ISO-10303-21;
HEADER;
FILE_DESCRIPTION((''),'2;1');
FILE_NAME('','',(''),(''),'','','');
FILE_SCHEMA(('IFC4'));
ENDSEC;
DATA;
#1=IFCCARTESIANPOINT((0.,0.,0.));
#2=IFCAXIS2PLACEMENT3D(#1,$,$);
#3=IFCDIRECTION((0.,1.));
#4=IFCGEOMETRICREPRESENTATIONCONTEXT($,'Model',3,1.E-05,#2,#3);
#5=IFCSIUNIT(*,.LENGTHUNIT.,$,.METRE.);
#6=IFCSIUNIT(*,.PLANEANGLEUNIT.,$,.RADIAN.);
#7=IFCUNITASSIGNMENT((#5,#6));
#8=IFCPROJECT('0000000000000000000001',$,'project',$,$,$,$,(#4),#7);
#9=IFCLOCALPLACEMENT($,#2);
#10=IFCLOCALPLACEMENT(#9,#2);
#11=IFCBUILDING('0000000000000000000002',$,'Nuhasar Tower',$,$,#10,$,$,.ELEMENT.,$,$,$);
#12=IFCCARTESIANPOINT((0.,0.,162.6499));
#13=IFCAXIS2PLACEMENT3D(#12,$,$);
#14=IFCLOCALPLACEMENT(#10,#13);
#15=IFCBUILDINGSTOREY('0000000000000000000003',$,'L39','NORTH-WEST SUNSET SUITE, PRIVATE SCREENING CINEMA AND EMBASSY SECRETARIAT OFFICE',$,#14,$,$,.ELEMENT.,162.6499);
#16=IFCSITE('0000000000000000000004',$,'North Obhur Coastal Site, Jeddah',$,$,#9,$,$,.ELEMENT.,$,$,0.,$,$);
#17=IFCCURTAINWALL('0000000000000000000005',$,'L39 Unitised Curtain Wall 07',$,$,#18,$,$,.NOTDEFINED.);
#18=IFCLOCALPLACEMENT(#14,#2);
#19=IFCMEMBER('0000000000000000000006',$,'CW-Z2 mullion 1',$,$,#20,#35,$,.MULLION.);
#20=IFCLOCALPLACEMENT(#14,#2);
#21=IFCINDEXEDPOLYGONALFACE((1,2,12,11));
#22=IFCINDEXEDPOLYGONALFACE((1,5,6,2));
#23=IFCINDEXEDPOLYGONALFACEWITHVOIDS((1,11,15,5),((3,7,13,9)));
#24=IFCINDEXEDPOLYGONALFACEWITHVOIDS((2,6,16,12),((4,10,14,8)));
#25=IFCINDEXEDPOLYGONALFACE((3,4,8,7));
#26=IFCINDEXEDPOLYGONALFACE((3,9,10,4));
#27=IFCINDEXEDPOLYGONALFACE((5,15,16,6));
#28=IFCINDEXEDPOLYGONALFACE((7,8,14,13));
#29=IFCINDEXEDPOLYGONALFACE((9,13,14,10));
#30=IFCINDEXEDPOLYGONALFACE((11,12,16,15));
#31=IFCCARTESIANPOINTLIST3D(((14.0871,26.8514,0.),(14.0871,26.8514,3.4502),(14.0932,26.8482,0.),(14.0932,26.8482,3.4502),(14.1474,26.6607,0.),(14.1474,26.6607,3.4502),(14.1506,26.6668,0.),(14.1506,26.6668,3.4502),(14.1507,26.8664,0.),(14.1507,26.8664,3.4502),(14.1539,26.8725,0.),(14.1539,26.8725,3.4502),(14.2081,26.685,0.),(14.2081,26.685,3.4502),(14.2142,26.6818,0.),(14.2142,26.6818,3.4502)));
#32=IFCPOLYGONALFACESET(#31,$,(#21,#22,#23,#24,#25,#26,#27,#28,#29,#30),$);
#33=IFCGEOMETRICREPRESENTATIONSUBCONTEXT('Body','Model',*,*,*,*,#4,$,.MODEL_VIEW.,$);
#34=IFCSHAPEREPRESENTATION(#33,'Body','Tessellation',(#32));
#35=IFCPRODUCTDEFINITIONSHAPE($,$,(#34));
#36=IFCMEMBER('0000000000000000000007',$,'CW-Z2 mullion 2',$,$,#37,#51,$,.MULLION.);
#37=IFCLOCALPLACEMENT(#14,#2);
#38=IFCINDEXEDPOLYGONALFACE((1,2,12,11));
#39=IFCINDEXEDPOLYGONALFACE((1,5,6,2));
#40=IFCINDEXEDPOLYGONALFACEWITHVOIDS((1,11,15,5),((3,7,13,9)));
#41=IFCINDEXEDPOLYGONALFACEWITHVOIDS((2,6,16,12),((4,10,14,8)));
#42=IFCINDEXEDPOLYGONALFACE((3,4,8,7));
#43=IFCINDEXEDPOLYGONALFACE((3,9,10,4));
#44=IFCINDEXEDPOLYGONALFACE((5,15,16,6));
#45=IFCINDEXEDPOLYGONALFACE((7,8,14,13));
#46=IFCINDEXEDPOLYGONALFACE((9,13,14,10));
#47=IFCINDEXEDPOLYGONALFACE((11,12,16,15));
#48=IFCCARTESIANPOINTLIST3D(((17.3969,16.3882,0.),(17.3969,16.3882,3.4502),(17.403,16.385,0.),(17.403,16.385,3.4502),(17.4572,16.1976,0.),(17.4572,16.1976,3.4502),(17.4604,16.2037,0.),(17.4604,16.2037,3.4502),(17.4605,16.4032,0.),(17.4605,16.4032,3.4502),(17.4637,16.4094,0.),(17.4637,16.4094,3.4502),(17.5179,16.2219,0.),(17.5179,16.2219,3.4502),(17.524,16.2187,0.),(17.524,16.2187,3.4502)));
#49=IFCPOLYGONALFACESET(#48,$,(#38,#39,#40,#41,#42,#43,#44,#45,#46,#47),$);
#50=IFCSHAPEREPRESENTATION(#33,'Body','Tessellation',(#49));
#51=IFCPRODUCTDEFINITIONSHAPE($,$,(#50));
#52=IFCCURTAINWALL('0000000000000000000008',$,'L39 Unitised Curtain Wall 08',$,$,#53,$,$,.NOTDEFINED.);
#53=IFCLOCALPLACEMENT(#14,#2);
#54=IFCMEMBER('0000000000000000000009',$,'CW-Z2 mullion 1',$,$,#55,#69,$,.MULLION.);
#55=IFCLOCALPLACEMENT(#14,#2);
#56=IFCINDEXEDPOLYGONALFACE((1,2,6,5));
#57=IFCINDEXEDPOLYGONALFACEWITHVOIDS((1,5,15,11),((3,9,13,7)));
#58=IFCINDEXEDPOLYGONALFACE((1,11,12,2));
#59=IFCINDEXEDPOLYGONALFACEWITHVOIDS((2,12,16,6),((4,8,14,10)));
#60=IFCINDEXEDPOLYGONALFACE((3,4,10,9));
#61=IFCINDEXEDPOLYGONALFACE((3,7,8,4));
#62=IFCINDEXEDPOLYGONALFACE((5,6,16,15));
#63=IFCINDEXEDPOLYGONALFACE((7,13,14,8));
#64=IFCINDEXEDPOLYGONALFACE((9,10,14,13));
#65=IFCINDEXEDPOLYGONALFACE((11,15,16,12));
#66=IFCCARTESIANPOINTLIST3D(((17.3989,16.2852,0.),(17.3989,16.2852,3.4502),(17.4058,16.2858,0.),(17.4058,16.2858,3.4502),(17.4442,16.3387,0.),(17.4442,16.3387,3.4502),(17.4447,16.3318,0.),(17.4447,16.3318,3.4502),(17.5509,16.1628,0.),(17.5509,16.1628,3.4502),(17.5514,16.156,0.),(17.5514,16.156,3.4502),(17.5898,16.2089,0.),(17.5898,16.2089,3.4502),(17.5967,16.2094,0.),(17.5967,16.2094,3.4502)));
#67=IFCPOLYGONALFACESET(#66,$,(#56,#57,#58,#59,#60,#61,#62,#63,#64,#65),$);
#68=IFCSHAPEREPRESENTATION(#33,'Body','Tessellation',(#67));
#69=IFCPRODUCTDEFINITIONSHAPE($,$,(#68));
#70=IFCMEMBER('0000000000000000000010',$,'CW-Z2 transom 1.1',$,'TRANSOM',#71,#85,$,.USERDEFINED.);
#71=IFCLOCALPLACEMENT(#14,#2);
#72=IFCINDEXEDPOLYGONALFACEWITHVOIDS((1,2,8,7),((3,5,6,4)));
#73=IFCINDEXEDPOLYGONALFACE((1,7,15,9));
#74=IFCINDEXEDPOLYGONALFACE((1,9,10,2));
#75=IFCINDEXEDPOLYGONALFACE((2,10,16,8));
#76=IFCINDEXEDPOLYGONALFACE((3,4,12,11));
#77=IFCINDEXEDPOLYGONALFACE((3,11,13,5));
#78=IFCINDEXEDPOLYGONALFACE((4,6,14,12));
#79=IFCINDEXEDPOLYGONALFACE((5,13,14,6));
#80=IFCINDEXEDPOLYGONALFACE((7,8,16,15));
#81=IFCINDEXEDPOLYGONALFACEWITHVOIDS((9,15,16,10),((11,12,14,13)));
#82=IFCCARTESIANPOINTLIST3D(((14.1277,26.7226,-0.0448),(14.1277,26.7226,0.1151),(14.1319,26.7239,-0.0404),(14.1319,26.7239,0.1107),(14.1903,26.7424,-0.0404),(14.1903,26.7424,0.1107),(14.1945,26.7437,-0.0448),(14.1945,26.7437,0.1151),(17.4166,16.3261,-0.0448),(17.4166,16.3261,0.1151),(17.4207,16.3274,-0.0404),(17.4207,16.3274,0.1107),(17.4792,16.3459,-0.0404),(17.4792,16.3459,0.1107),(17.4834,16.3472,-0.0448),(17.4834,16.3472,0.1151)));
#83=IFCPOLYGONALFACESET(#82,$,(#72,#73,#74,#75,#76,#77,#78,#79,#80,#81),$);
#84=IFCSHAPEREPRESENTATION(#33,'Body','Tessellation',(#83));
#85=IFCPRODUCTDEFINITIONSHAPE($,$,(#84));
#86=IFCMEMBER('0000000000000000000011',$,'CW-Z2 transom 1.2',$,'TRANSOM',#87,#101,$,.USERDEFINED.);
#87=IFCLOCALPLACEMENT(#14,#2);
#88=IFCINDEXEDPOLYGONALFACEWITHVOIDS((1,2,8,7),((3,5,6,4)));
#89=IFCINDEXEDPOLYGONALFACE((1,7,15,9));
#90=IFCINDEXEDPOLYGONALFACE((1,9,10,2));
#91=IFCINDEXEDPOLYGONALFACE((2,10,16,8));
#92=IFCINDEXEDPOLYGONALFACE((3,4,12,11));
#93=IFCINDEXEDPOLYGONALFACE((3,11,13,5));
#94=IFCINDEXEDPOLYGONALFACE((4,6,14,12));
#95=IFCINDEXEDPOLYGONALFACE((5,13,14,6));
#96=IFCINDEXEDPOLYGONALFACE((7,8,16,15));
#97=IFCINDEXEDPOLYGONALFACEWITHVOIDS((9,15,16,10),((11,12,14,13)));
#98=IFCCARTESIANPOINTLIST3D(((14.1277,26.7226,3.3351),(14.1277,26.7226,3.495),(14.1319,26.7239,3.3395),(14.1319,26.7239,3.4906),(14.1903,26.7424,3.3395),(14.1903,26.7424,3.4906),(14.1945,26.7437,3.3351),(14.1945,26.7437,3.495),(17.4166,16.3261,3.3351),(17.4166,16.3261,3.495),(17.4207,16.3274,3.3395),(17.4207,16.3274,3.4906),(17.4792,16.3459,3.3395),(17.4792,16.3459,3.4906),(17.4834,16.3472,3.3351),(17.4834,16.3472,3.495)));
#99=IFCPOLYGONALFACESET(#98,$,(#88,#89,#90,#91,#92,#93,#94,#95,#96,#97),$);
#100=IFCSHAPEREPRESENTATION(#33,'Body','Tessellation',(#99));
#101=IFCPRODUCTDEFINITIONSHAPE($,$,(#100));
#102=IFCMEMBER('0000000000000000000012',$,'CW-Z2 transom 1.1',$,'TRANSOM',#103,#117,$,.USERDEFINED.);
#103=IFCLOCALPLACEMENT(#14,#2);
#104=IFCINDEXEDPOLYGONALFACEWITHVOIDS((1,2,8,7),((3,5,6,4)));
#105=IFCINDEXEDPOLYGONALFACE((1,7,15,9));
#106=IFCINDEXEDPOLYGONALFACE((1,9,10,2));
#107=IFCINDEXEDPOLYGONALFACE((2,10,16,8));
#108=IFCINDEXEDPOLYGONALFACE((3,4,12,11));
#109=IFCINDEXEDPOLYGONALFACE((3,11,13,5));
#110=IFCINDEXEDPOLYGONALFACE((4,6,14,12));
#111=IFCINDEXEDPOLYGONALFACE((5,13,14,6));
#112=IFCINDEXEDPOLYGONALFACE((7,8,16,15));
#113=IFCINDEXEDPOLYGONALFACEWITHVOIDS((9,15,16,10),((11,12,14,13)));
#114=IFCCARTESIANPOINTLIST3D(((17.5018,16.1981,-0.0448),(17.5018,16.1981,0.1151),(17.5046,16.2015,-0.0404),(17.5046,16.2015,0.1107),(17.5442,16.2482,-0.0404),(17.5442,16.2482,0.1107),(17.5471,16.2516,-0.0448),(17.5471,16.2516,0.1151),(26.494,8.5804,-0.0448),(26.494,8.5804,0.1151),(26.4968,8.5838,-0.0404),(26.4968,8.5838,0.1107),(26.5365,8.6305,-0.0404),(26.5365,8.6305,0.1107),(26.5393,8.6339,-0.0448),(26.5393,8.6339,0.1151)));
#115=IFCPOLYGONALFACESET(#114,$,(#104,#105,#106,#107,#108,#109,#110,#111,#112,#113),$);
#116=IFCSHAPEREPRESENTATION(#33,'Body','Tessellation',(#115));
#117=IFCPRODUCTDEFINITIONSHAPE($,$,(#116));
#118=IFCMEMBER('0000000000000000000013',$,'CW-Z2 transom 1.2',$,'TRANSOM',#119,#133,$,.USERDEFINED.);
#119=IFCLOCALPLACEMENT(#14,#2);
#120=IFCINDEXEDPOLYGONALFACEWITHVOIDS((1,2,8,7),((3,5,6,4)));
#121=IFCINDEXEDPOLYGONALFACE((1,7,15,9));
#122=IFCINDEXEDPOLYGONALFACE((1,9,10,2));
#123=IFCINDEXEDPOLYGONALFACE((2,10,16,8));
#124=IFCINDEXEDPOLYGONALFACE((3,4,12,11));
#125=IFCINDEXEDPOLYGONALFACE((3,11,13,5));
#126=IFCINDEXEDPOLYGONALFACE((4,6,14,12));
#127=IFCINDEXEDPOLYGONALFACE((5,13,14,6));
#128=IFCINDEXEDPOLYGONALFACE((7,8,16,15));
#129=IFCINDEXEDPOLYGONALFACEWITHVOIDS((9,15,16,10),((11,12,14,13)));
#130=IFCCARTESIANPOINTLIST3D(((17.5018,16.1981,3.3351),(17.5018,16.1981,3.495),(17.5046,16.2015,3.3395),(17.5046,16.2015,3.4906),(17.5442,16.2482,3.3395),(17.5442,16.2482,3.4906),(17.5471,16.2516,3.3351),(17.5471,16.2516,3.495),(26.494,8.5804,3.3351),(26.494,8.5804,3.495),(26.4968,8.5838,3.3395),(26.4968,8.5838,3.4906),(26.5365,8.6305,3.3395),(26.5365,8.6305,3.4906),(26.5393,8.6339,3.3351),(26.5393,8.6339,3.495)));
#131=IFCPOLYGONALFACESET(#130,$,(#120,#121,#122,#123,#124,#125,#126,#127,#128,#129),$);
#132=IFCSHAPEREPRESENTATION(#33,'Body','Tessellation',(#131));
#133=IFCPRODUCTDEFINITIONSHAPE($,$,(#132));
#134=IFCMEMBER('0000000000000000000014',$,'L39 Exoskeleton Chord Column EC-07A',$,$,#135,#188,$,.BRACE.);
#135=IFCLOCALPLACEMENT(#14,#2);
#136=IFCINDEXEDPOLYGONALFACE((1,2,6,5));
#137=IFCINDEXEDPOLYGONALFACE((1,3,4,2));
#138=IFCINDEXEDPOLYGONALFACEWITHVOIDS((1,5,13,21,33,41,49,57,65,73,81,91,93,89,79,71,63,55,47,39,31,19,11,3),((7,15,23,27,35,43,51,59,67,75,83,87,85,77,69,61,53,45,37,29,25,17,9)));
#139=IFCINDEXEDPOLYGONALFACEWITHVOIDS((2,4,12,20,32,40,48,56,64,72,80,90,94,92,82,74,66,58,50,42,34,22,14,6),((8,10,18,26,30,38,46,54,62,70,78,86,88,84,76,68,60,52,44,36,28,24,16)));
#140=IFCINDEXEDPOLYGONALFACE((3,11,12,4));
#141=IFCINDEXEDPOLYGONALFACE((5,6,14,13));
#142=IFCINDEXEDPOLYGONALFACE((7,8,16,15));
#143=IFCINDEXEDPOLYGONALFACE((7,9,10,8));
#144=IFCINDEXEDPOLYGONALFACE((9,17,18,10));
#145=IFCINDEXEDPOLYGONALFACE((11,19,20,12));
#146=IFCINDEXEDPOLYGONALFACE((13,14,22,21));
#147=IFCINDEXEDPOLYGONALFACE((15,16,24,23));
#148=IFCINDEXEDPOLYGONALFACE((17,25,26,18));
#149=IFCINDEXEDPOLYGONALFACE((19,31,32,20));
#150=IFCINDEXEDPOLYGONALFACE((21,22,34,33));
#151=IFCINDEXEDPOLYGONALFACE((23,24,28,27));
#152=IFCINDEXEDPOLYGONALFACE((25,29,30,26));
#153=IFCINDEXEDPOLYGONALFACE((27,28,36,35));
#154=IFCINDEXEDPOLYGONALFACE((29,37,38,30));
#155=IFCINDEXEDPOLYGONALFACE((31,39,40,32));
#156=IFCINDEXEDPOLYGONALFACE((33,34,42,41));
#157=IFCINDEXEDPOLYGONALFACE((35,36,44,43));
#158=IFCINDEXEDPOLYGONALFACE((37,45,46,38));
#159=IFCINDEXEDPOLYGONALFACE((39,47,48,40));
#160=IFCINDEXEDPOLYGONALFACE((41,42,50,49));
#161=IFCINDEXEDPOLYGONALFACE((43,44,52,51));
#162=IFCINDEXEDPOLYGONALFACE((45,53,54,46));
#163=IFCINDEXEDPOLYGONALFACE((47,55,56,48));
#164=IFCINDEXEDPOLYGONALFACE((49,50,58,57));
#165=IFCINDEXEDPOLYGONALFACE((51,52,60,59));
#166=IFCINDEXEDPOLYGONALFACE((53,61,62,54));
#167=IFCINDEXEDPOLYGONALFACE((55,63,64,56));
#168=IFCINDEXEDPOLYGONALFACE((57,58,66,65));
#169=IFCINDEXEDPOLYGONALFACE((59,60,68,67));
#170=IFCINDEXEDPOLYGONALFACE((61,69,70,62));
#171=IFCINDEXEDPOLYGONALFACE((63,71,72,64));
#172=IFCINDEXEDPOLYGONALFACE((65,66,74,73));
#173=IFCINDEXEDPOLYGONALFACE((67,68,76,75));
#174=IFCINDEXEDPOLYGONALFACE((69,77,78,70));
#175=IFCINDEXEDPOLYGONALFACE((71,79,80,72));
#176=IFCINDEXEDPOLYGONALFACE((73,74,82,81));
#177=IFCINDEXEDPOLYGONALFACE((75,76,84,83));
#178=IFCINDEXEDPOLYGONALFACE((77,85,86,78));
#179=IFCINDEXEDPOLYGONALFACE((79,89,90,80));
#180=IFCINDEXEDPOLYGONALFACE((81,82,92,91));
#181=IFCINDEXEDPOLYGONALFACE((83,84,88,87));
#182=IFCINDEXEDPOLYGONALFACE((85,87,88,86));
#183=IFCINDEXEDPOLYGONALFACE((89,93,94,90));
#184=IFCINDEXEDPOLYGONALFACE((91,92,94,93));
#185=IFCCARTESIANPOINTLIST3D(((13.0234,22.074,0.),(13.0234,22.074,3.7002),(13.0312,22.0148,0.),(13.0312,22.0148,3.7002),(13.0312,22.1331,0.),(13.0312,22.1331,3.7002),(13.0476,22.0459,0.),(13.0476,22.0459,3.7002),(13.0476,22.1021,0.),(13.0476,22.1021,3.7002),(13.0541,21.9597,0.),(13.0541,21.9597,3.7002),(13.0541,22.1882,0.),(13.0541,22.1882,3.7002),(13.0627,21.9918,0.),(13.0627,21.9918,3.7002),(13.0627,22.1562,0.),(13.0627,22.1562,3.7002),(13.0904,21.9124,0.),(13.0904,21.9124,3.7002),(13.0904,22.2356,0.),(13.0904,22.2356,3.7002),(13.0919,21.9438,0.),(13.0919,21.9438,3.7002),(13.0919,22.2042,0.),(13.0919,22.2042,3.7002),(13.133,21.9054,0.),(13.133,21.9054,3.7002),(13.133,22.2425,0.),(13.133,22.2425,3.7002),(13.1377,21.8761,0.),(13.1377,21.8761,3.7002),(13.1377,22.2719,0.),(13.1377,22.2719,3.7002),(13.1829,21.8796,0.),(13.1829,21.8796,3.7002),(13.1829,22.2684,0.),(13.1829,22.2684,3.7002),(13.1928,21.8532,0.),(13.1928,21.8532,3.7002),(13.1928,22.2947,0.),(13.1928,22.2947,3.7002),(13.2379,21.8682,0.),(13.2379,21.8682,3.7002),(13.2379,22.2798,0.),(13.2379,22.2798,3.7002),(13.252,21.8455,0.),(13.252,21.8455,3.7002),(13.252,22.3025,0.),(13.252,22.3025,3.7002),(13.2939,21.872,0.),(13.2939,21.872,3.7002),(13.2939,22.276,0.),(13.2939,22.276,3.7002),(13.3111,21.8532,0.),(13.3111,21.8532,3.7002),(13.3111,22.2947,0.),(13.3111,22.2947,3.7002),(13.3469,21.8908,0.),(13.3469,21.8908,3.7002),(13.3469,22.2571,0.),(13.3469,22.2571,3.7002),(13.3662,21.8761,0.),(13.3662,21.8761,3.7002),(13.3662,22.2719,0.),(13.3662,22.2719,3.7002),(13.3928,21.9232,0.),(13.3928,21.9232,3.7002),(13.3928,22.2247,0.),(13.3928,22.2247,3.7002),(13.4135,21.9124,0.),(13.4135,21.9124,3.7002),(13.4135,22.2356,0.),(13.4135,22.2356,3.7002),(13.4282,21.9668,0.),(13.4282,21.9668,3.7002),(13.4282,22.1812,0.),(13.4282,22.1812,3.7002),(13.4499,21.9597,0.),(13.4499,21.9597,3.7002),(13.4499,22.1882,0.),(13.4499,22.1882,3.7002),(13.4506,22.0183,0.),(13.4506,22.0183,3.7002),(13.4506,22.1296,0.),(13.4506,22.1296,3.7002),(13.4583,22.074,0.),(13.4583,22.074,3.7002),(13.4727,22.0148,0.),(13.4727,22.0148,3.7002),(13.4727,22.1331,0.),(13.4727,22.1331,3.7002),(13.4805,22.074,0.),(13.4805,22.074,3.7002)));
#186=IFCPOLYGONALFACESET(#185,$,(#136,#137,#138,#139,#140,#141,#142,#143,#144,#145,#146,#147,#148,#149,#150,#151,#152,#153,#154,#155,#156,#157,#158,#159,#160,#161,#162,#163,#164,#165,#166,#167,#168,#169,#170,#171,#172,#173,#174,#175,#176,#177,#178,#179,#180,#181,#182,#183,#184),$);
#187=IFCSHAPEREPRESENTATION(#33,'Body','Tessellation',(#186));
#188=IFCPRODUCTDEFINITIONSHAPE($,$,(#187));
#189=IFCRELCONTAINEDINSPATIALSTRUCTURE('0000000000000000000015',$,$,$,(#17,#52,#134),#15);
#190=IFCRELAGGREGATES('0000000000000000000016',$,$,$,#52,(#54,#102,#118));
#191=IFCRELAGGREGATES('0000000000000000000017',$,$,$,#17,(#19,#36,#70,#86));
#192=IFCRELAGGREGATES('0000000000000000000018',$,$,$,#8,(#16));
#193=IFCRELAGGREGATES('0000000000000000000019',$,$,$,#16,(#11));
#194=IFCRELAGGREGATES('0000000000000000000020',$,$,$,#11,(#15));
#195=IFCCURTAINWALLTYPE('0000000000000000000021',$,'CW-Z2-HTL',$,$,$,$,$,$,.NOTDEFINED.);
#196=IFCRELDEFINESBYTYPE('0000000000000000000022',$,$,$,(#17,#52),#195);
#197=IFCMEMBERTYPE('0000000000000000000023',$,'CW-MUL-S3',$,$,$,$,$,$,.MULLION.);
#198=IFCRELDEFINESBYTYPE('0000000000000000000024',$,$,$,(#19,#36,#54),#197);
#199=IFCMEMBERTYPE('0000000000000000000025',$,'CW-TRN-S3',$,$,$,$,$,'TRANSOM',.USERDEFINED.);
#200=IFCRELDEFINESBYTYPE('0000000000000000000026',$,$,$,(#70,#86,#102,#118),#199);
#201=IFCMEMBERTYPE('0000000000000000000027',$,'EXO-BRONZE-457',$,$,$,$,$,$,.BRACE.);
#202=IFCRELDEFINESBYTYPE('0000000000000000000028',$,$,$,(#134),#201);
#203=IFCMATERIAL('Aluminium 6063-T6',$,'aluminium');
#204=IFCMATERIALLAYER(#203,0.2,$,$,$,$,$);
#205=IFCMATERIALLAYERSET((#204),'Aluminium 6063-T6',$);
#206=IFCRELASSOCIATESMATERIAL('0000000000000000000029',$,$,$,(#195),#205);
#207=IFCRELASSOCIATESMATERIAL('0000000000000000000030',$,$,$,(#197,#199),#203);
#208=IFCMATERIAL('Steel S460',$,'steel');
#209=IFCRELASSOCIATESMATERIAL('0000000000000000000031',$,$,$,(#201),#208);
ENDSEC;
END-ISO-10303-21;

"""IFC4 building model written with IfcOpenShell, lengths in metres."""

from ifc_helpers import new_model, si_unit, direction, frame, origin, origin_2d, place, context, subcontext, project, spatial, hollow_rectangle, hollow_circle, extrude, material, layer, layer_set, material_profile, profile_set, type_object, element, aggregate, save


model = new_model("IFC4")

# Units and contexts
model_context = context("Model", 3, precision=1e-05, world=origin(), true_north=direction((0.0, 1.0)))
body_context = subcontext(model_context, "Body", "Model", "MODEL_VIEW")
ifc_project = project(units=[si_unit("LENGTHUNIT", "METRE"), si_unit("PLANEANGLEUNIT", "RADIAN")], contexts=[model_context])

# Site, building, storey
site_placement = place(None, origin())
site = spatial("IfcSite", under=ifc_project, at=site_placement, Name="North Obhur Coastal Site, Jeddah", CompositionType="ELEMENT", RefElevation=0.0)
building_placement = place(site_placement, origin())
building = spatial("IfcBuilding", under=site, at=building_placement, Name="Nuhasar Tower", CompositionType="ELEMENT")
storey_placement = place(building_placement, frame((0.0, 0.0, 162.6499)))
storey = spatial("IfcBuildingStorey", under=building, at=storey_placement, Name="L39", Description="NORTH-WEST SUNSET SUITE, PRIVATE SCREENING CINEMA AND EMBASSY SECRETARIAT OFFICE", CompositionType="ELEMENT", Elevation=162.6499)

# Curtain wall, members
ifc_material_1 = material(Name="Aluminium 6063-T6", Category="aluminium")
ifc_layer_1 = layer(ifc_material_1, 0.2)
ifc_layer_set_1 = layer_set([ifc_layer_1], Name="Aluminium 6063-T6")
curtain_wall_type = type_object("IfcCurtainWallType", Name="CW-Z2-HTL", PredefinedType="NOTDEFINED", material=ifc_layer_set_1)
curtain_wall_1_placement = place(storey_placement, origin())
curtain_wall_1 = element("IfcCurtainWall", 1, at=curtain_wall_1_placement, inside=storey, type_object=curtain_wall_type, Name="L39 Unitised Curtain Wall 07", PredefinedType="NOTDEFINED")
ifc_material_profile_1 = material_profile(ifc_material_1, hollow_rectangle(XDim=0.0701, YDim=0.2, WallThickness=0.0049, at=origin_2d()), Name="CWM-3")
ifc_profile_set_1 = profile_set([ifc_material_profile_1], Name="Aluminium 6063-T6")
member_type_1 = type_object("IfcMemberType", Name="CW-MUL-S3", PredefinedType="MULLION", material=ifc_profile_set_1)
member_1_placement = place(storey_placement, frame((14.1506, 26.7666, 0.0), z_axis=(0.0, 0.0, 1.0), x_axis=(0.953433, 0.301604, 0.0)))
member_1 = element("IfcMember", 2, at=member_1_placement, type_object=member_type_1, Name="CW-Z2 mullion 1", PredefinedType="MULLION", context=body_context, shape_type="SweptSolid", body=[
    extrude(hollow_rectangle(XDim=0.0701, YDim=0.2, WallThickness=0.0049, at=origin_2d()), origin(), (0.0, 0.0, 1.0), 3.4502),
])
member_2_placement = place(storey_placement, frame((17.4604, 16.3035, 0.0), z_axis=(0.0, 0.0, 1.0), x_axis=(0.953433, 0.301604, 0.0)))
member_2 = element("IfcMember", 3, at=member_2_placement, type_object=member_type_1, Name="CW-Z2 mullion 2", PredefinedType="MULLION", context=body_context, shape_type="SweptSolid", body=[
    extrude(hollow_rectangle(XDim=0.0701, YDim=0.2, WallThickness=0.0049, at=origin_2d()), origin(), (0.0, 0.0, 1.0), 3.4502),
])

# Curtain wall, member
curtain_wall_2_placement = place(storey_placement, origin())
curtain_wall_2 = element("IfcCurtainWall", 4, at=curtain_wall_2_placement, inside=storey, type_object=curtain_wall_type, Name="L39 Unitised Curtain Wall 08", PredefinedType="NOTDEFINED")
member_3_placement = place(storey_placement, frame((17.4978, 16.2473, 0.0), z_axis=(0.0, 0.0, 1.0), x_axis=(0.646374, 0.76302, 0.0)))
member_3 = element("IfcMember", 5, at=member_3_placement, type_object=member_type_1, Name="CW-Z2 mullion 1", PredefinedType="MULLION", context=body_context, shape_type="SweptSolid", body=[
    extrude(hollow_rectangle(XDim=0.0701, YDim=0.2, WallThickness=0.0049, at=origin_2d()), origin(), (0.0, 0.0, 1.0), 3.4502),
])

# Members
ifc_material_profile_2 = material_profile(ifc_material_1, hollow_rectangle(XDim=0.0701, YDim=0.1599, WallThickness=0.0044, at=origin_2d()), Name="CWT-3")
ifc_profile_set_2 = profile_set([ifc_material_profile_2], Name="Aluminium 6063-T6")
member_type_2 = type_object("IfcMemberType", Name="CW-TRN-S3", ElementType="TRANSOM", PredefinedType="USERDEFINED", material=ifc_profile_set_2)
member_4_placement = place(storey_placement, frame((14.1611, 26.7332, 0.0352), z_axis=(0.301608, -0.953432, 0.0), x_axis=(0.953432, 0.301608, 0.0)))
member_4 = element("IfcMember", 6, at=member_4_placement, type_object=member_type_2, Name="CW-Z2 transom 1.1", ObjectType="TRANSOM", PredefinedType="USERDEFINED", context=body_context, shape_type="SweptSolid", body=[
    extrude(hollow_rectangle(XDim=0.0701, YDim=0.1599, WallThickness=0.0044, at=origin_2d()), origin(), (0.0, 0.0, 1.0), 10.9043),
])
member_5_placement = place(storey_placement, frame((14.1611, 26.7332, 3.415), z_axis=(0.301608, -0.953432, 0.0), x_axis=(0.953432, 0.301608, 0.0)))
member_5 = element("IfcMember", 7, at=member_5_placement, type_object=member_type_2, Name="CW-Z2 transom 1.2", ObjectType="TRANSOM", PredefinedType="USERDEFINED", context=body_context, shape_type="SweptSolid", body=[
    extrude(hollow_rectangle(XDim=0.0701, YDim=0.1599, WallThickness=0.0044, at=origin_2d()), origin(), (0.0, 0.0, 1.0), 10.9043),
])
member_6_placement = place(storey_placement, frame((17.5244, 16.2249, 0.0352), z_axis=(0.763014, -0.646382, 0.0), x_axis=(0.646382, 0.763014, 0.0)))
member_6 = element("IfcMember", 8, at=member_6_placement, type_object=member_type_2, Name="CW-Z2 transom 1.1", ObjectType="TRANSOM", PredefinedType="USERDEFINED", context=body_context, shape_type="SweptSolid", body=[
    extrude(hollow_rectangle(XDim=0.0701, YDim=0.1599, WallThickness=0.0044, at=origin_2d()), origin(), (0.0, 0.0, 1.0), 11.7852),
])
member_7_placement = place(storey_placement, frame((17.5244, 16.2249, 3.415), z_axis=(0.763014, -0.646382, 0.0), x_axis=(0.646382, 0.763014, 0.0)))
member_7 = element("IfcMember", 9, at=member_7_placement, type_object=member_type_2, Name="CW-Z2 transom 1.2", ObjectType="TRANSOM", PredefinedType="USERDEFINED", context=body_context, shape_type="SweptSolid", body=[
    extrude(hollow_rectangle(XDim=0.0701, YDim=0.1599, WallThickness=0.0044, at=origin_2d()), origin(), (0.0, 0.0, 1.0), 11.7852),
])
aggregate(curtain_wall_2, [member_3, member_6, member_7])

# Member
ifc_material_2 = material(Name="Steel S460", Category="steel")
ifc_material_profile_3 = material_profile(ifc_material_2, hollow_circle(Radius=0.2285, WallThickness=0.0222, at=origin_2d()), Name="HSS457X22.2")
ifc_profile_set_3 = profile_set([ifc_material_profile_3], Name="Steel S460")
member_type_3 = type_object("IfcMemberType", Name="EXO-BRONZE-457", PredefinedType="BRACE", material=ifc_profile_set_3)
for number, where, z_axis, x_axis, name in (
    (10, (13.252, 22.074, 0.0), (0.0, 0.0, 1.0), (1.0, 0.0, 0.0), "L39 Exoskeleton Chord Column EC-07A"),
):
    element("IfcMember", number, at=place(storey_placement, frame(where, z_axis=z_axis, x_axis=x_axis)), inside=storey, type_object=member_type_3, Name=name, PredefinedType="BRACE", context=body_context, shape_type="SweptSolid", body=[
        extrude(hollow_circle(Radius=0.2285, WallThickness=0.0222, at=origin_2d()), origin(), (0.0, 0.0, 1.0), 3.7002),
    ])

aggregate(curtain_wall_1, [member_1, member_2, member_4, member_5])

save(model, "model.ifc")
